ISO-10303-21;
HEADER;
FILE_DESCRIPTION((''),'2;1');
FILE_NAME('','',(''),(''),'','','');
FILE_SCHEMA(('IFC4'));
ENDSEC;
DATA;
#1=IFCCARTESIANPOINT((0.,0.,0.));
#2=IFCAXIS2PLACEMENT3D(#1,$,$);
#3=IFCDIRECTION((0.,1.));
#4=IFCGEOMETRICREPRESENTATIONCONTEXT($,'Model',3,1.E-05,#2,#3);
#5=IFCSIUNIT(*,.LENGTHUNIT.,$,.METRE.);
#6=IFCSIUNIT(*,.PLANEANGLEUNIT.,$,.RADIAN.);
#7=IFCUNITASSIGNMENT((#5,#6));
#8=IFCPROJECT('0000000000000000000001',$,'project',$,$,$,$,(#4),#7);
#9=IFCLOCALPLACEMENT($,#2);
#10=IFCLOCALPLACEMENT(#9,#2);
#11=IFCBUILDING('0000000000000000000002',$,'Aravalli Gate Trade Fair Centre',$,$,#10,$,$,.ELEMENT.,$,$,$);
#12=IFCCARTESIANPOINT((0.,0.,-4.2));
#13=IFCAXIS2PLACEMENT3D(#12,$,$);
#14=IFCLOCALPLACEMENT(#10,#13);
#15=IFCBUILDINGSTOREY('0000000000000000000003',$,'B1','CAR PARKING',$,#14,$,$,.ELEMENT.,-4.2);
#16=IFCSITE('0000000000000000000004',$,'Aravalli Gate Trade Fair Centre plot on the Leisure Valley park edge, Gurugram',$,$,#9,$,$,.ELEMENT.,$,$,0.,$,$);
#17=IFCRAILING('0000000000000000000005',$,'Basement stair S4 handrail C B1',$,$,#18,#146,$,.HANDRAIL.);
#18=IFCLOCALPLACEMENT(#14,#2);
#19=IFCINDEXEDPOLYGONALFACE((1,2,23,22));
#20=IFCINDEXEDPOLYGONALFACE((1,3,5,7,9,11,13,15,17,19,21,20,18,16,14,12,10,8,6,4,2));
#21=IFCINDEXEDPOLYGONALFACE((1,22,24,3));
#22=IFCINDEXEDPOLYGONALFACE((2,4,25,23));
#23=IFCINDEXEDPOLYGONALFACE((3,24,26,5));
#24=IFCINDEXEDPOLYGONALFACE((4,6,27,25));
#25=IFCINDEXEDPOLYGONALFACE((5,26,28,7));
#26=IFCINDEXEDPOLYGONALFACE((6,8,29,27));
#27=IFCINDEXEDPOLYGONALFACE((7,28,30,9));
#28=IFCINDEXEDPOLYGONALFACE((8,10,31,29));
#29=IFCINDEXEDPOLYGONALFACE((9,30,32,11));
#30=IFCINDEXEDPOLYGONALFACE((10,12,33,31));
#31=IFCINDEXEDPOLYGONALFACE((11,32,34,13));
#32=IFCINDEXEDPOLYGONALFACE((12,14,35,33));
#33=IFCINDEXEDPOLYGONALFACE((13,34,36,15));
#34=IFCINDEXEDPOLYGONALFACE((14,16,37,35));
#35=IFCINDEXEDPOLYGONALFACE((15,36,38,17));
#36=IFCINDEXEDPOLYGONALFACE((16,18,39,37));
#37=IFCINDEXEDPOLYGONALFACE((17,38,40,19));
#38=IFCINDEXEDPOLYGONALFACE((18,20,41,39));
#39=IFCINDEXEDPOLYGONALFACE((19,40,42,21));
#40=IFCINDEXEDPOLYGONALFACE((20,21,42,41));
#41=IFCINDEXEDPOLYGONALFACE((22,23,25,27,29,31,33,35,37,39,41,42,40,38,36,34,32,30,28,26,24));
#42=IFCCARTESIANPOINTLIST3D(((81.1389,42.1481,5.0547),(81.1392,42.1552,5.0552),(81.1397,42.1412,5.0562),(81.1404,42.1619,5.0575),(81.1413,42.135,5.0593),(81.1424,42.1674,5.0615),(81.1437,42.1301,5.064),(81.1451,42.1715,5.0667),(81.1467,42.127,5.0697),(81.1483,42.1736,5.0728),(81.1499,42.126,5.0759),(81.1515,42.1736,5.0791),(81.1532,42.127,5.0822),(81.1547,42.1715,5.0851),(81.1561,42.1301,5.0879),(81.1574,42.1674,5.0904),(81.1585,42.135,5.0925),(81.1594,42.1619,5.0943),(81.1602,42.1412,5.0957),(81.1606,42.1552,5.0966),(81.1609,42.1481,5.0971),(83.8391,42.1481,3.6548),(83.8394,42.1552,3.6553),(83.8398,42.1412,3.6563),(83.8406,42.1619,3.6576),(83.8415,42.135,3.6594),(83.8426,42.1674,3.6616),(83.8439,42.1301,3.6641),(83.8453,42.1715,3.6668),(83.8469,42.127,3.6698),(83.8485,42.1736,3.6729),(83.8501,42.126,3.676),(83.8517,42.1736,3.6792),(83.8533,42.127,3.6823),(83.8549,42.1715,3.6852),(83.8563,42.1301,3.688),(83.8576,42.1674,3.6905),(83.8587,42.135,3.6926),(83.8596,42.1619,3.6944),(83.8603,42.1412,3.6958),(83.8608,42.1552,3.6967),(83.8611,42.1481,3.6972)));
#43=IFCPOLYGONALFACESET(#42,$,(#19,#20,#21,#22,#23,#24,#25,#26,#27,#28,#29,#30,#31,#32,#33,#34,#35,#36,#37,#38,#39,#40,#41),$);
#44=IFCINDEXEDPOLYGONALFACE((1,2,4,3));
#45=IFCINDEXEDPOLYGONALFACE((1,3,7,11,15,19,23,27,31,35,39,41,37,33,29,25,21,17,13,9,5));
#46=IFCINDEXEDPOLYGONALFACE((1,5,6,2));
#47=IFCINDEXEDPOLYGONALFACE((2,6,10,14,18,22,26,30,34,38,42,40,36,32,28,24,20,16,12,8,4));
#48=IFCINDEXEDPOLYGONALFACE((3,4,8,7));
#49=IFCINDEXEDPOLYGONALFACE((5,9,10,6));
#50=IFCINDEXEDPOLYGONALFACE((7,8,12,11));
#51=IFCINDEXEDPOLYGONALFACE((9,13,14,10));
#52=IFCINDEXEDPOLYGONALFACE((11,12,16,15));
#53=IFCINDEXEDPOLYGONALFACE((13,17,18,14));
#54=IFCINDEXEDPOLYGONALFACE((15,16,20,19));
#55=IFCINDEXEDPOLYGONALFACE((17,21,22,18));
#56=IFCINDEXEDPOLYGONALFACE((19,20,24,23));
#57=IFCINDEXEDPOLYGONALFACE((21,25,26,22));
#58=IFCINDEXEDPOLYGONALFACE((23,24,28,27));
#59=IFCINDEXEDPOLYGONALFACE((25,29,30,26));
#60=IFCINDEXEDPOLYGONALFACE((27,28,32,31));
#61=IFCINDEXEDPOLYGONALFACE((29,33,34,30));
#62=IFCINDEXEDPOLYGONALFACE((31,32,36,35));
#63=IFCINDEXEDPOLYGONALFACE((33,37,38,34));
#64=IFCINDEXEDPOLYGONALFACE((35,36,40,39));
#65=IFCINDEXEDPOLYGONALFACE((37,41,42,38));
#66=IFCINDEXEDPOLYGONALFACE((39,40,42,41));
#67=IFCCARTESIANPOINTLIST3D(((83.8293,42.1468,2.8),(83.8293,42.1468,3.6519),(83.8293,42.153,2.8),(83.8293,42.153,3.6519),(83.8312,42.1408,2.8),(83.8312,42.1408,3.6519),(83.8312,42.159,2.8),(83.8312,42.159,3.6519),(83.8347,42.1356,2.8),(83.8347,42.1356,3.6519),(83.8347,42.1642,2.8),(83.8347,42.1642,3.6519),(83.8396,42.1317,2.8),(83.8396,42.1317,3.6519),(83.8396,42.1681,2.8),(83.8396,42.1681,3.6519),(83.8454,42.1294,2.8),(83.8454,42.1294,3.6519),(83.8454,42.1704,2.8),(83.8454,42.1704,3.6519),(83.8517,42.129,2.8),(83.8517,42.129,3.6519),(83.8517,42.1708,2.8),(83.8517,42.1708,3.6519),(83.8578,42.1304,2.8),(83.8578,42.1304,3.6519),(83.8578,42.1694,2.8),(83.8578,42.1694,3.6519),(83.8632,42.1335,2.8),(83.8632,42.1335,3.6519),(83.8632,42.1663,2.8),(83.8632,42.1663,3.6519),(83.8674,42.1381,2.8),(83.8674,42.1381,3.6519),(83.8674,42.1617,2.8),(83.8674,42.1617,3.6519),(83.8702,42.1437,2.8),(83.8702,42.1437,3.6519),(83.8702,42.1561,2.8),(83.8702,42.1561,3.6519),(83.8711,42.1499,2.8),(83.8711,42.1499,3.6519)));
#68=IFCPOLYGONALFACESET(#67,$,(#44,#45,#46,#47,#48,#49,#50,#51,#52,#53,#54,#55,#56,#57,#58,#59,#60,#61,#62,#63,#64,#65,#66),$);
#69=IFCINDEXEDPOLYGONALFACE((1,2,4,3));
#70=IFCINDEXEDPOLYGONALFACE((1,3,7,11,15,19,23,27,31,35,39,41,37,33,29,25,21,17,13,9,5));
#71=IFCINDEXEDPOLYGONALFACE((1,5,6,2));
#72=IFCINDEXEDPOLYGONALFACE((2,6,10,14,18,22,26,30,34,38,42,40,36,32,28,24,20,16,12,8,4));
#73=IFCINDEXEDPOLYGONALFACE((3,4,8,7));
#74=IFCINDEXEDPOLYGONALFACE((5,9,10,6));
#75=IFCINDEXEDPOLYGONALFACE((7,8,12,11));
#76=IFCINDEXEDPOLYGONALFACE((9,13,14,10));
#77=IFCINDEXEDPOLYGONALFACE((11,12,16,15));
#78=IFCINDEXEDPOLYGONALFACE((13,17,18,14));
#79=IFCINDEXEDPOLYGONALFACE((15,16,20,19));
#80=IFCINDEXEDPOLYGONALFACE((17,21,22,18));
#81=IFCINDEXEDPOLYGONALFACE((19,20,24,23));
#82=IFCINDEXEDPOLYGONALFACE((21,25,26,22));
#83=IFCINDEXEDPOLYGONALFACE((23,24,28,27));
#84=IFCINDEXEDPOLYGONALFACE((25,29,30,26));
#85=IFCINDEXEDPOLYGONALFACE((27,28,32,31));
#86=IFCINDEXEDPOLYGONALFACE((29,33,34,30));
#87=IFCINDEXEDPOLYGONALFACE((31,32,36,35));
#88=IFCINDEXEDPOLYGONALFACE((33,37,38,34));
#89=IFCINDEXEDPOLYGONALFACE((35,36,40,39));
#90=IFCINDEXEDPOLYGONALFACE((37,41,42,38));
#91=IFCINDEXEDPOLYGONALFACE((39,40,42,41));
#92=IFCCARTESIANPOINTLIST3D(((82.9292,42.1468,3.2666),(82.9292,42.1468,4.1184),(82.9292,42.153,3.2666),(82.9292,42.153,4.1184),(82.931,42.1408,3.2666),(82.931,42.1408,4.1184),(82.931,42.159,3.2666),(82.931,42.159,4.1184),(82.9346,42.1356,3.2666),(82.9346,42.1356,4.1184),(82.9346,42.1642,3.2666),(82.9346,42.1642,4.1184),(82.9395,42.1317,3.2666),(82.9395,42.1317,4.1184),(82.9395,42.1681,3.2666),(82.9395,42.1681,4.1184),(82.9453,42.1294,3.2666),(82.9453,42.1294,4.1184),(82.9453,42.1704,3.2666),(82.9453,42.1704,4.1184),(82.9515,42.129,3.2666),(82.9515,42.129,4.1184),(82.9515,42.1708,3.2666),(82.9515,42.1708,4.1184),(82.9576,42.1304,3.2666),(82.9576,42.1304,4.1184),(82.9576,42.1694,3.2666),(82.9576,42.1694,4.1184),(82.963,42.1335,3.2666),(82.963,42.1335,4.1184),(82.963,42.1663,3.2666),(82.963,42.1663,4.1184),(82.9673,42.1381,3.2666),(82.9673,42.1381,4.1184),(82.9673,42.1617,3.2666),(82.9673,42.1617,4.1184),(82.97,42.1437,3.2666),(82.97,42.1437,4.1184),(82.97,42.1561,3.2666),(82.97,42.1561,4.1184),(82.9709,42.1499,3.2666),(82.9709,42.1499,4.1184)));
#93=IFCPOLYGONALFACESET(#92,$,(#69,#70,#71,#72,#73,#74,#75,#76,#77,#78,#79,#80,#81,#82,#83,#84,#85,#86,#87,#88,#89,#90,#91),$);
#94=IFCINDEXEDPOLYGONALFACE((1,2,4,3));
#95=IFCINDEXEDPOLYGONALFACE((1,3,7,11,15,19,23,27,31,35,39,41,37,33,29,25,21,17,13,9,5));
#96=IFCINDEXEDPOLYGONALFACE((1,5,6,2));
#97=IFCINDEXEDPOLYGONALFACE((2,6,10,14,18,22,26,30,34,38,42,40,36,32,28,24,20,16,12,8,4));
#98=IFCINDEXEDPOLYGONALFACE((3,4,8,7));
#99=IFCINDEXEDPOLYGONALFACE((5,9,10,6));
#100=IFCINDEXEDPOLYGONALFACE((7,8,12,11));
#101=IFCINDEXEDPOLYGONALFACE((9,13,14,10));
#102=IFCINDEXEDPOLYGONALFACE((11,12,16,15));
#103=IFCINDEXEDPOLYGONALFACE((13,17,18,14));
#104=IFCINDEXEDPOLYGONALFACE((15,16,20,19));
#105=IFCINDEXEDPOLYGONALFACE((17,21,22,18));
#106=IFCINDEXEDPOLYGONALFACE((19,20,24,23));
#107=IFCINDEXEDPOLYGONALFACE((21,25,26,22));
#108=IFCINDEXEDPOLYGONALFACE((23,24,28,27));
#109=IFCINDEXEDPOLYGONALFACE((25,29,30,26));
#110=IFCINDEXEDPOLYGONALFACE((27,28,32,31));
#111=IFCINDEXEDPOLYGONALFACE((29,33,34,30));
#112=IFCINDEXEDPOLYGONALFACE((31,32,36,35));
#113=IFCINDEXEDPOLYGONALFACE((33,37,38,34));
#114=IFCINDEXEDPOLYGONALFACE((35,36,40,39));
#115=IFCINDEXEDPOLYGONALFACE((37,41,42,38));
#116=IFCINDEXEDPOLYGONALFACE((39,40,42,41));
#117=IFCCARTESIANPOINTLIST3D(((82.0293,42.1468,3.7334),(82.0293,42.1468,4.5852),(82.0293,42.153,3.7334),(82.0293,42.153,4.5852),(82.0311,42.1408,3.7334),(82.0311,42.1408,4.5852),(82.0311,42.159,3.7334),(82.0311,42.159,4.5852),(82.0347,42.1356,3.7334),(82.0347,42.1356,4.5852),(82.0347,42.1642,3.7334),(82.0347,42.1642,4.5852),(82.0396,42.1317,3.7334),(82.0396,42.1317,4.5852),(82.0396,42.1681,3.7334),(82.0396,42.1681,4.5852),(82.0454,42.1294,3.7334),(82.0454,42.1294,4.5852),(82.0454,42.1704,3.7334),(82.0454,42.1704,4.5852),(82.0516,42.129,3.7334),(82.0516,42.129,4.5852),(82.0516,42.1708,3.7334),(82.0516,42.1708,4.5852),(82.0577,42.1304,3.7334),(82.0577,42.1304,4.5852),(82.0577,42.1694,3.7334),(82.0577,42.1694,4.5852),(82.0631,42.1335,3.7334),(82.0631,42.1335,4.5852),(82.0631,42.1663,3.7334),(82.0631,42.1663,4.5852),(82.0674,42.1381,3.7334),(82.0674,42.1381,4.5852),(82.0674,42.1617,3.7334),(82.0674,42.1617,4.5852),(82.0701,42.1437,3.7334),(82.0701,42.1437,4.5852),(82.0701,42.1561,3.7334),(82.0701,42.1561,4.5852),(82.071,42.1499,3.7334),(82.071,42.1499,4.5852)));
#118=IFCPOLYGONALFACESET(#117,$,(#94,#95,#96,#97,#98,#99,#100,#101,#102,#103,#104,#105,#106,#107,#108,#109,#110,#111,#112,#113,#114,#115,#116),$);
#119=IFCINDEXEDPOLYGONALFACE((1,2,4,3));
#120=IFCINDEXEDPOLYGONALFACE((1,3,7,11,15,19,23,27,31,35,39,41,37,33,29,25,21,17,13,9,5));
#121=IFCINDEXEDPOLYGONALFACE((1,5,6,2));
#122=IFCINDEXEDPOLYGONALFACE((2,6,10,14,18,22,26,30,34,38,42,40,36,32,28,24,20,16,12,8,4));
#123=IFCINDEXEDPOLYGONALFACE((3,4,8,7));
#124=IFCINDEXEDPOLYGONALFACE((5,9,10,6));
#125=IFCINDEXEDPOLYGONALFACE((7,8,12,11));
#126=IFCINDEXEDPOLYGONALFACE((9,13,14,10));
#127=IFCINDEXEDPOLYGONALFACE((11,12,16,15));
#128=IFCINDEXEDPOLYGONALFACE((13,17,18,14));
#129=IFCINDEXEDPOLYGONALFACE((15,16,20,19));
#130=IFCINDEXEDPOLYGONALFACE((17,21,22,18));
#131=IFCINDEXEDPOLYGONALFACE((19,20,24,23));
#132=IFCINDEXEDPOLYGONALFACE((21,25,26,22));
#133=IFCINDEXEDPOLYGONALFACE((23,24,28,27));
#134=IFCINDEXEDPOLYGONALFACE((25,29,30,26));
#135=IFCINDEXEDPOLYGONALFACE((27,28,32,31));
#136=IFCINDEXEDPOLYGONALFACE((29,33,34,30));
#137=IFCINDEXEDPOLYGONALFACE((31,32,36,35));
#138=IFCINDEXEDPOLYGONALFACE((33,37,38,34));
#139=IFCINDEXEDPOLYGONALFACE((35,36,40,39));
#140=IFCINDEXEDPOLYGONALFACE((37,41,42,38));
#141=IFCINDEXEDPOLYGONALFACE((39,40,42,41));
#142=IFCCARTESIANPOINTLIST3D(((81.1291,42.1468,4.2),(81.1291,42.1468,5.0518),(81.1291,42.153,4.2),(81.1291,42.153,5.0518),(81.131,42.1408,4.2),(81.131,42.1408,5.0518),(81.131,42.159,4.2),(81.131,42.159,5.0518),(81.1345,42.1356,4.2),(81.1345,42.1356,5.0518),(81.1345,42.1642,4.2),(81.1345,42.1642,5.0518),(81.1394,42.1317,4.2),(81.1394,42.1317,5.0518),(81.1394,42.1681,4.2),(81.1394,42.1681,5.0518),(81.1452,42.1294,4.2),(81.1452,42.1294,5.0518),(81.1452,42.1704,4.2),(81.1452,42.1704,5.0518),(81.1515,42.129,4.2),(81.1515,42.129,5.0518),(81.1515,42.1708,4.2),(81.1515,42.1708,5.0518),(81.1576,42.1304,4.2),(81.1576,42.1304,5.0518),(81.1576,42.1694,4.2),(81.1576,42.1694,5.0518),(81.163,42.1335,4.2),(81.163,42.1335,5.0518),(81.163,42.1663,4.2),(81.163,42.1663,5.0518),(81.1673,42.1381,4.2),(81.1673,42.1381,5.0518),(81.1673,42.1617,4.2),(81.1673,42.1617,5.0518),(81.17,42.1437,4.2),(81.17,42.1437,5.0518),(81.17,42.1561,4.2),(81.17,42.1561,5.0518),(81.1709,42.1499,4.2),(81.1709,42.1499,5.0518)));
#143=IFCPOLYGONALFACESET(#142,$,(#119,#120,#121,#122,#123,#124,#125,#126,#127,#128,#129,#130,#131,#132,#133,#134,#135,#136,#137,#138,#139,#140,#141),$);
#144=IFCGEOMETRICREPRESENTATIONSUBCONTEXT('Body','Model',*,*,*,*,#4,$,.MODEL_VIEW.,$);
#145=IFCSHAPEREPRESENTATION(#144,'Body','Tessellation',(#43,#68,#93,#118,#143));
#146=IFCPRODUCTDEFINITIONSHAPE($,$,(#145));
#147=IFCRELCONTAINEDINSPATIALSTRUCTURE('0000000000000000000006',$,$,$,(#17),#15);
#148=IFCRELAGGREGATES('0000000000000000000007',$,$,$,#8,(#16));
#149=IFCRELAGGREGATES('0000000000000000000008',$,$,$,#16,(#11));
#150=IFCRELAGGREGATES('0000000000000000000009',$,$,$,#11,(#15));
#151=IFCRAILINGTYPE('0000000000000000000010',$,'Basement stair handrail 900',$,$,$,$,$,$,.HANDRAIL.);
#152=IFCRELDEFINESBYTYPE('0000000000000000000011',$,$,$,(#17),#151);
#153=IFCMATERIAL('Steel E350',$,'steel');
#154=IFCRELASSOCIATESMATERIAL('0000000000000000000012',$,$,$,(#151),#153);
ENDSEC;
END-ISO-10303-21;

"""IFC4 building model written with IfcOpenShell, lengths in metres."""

from ifc_helpers import new_model, si_unit, direction, frame, origin, origin_2d, place, context, subcontext, project, spatial, circle, extrude, material, type_object, element, save


model = new_model("IFC4")

# Units and contexts
model_context = context("Model", 3, precision=1e-05, world=origin(), true_north=direction((0.0, 1.0)))
body_context = subcontext(model_context, "Body", "Model", "MODEL_VIEW")
ifc_project = project(units=[si_unit("LENGTHUNIT", "METRE"), si_unit("PLANEANGLEUNIT", "RADIAN")], contexts=[model_context])

# Site, building, storey
site_placement = place(None, origin())
site = spatial("IfcSite", under=ifc_project, at=site_placement, Name="Aravalli Gate Trade Fair Centre plot on the Leisure Valley park edge, Gurugram", CompositionType="ELEMENT", RefElevation=0.0)
building_placement = place(site_placement, origin())
building = spatial("IfcBuilding", under=site, at=building_placement, Name="Aravalli Gate Trade Fair Centre", CompositionType="ELEMENT")
storey_placement = place(building_placement, frame((0.0, 0.0, -4.2)))
storey = spatial("IfcBuildingStorey", under=building, at=storey_placement, Name="B1", Description="CAR PARKING", CompositionType="ELEMENT", Elevation=-4.2)

# Railing
ifc_material_1 = material(Name="Steel E350", Category="steel")
railing_type_1 = type_object("IfcRailingType", Name="Basement stair handrail 900", PredefinedType="HANDRAIL", material=ifc_material_1)
for number, where, name in (
    (1, (83.8501, 42.1499, 2.8), "Basement stair S4 handrail C B1"),
):
    element("IfcRailing", number, at=place(storey_placement, frame(where)), inside=storey, type_object=railing_type_1, Name=name, PredefinedType="HANDRAIL", context=body_context, shape_type="SweptSolid", body=[
        extrude(circle(Radius=0.0239, at=origin_2d()), frame((0.0, 0.0, 0.876), z_axis=(-0.887781, 0.0, 0.460266), x_axis=(0.0, -1.0, 0.0)), (0.0, 0.0, 1.0), 3.0415),
        extrude(circle(Radius=0.021, at=origin_2d()), origin(), (0.0, 0.0, 1.0), 0.8518),
        extrude(circle(Radius=0.021, at=origin_2d()), frame((-0.9001, 0.0, 0.4666)), (0.0, 0.0, 1.0), 0.8518),
        extrude(circle(Radius=0.021, at=origin_2d()), frame((-1.8, 0.0, 0.9333)), (0.0, 0.0, 1.0), 0.8518),
        extrude(circle(Radius=0.021, at=origin_2d()), frame((-2.7002, 0.0, 1.3999)), (0.0, 0.0, 1.0), 0.8518),
    ])

save(model, "model.ifc")
